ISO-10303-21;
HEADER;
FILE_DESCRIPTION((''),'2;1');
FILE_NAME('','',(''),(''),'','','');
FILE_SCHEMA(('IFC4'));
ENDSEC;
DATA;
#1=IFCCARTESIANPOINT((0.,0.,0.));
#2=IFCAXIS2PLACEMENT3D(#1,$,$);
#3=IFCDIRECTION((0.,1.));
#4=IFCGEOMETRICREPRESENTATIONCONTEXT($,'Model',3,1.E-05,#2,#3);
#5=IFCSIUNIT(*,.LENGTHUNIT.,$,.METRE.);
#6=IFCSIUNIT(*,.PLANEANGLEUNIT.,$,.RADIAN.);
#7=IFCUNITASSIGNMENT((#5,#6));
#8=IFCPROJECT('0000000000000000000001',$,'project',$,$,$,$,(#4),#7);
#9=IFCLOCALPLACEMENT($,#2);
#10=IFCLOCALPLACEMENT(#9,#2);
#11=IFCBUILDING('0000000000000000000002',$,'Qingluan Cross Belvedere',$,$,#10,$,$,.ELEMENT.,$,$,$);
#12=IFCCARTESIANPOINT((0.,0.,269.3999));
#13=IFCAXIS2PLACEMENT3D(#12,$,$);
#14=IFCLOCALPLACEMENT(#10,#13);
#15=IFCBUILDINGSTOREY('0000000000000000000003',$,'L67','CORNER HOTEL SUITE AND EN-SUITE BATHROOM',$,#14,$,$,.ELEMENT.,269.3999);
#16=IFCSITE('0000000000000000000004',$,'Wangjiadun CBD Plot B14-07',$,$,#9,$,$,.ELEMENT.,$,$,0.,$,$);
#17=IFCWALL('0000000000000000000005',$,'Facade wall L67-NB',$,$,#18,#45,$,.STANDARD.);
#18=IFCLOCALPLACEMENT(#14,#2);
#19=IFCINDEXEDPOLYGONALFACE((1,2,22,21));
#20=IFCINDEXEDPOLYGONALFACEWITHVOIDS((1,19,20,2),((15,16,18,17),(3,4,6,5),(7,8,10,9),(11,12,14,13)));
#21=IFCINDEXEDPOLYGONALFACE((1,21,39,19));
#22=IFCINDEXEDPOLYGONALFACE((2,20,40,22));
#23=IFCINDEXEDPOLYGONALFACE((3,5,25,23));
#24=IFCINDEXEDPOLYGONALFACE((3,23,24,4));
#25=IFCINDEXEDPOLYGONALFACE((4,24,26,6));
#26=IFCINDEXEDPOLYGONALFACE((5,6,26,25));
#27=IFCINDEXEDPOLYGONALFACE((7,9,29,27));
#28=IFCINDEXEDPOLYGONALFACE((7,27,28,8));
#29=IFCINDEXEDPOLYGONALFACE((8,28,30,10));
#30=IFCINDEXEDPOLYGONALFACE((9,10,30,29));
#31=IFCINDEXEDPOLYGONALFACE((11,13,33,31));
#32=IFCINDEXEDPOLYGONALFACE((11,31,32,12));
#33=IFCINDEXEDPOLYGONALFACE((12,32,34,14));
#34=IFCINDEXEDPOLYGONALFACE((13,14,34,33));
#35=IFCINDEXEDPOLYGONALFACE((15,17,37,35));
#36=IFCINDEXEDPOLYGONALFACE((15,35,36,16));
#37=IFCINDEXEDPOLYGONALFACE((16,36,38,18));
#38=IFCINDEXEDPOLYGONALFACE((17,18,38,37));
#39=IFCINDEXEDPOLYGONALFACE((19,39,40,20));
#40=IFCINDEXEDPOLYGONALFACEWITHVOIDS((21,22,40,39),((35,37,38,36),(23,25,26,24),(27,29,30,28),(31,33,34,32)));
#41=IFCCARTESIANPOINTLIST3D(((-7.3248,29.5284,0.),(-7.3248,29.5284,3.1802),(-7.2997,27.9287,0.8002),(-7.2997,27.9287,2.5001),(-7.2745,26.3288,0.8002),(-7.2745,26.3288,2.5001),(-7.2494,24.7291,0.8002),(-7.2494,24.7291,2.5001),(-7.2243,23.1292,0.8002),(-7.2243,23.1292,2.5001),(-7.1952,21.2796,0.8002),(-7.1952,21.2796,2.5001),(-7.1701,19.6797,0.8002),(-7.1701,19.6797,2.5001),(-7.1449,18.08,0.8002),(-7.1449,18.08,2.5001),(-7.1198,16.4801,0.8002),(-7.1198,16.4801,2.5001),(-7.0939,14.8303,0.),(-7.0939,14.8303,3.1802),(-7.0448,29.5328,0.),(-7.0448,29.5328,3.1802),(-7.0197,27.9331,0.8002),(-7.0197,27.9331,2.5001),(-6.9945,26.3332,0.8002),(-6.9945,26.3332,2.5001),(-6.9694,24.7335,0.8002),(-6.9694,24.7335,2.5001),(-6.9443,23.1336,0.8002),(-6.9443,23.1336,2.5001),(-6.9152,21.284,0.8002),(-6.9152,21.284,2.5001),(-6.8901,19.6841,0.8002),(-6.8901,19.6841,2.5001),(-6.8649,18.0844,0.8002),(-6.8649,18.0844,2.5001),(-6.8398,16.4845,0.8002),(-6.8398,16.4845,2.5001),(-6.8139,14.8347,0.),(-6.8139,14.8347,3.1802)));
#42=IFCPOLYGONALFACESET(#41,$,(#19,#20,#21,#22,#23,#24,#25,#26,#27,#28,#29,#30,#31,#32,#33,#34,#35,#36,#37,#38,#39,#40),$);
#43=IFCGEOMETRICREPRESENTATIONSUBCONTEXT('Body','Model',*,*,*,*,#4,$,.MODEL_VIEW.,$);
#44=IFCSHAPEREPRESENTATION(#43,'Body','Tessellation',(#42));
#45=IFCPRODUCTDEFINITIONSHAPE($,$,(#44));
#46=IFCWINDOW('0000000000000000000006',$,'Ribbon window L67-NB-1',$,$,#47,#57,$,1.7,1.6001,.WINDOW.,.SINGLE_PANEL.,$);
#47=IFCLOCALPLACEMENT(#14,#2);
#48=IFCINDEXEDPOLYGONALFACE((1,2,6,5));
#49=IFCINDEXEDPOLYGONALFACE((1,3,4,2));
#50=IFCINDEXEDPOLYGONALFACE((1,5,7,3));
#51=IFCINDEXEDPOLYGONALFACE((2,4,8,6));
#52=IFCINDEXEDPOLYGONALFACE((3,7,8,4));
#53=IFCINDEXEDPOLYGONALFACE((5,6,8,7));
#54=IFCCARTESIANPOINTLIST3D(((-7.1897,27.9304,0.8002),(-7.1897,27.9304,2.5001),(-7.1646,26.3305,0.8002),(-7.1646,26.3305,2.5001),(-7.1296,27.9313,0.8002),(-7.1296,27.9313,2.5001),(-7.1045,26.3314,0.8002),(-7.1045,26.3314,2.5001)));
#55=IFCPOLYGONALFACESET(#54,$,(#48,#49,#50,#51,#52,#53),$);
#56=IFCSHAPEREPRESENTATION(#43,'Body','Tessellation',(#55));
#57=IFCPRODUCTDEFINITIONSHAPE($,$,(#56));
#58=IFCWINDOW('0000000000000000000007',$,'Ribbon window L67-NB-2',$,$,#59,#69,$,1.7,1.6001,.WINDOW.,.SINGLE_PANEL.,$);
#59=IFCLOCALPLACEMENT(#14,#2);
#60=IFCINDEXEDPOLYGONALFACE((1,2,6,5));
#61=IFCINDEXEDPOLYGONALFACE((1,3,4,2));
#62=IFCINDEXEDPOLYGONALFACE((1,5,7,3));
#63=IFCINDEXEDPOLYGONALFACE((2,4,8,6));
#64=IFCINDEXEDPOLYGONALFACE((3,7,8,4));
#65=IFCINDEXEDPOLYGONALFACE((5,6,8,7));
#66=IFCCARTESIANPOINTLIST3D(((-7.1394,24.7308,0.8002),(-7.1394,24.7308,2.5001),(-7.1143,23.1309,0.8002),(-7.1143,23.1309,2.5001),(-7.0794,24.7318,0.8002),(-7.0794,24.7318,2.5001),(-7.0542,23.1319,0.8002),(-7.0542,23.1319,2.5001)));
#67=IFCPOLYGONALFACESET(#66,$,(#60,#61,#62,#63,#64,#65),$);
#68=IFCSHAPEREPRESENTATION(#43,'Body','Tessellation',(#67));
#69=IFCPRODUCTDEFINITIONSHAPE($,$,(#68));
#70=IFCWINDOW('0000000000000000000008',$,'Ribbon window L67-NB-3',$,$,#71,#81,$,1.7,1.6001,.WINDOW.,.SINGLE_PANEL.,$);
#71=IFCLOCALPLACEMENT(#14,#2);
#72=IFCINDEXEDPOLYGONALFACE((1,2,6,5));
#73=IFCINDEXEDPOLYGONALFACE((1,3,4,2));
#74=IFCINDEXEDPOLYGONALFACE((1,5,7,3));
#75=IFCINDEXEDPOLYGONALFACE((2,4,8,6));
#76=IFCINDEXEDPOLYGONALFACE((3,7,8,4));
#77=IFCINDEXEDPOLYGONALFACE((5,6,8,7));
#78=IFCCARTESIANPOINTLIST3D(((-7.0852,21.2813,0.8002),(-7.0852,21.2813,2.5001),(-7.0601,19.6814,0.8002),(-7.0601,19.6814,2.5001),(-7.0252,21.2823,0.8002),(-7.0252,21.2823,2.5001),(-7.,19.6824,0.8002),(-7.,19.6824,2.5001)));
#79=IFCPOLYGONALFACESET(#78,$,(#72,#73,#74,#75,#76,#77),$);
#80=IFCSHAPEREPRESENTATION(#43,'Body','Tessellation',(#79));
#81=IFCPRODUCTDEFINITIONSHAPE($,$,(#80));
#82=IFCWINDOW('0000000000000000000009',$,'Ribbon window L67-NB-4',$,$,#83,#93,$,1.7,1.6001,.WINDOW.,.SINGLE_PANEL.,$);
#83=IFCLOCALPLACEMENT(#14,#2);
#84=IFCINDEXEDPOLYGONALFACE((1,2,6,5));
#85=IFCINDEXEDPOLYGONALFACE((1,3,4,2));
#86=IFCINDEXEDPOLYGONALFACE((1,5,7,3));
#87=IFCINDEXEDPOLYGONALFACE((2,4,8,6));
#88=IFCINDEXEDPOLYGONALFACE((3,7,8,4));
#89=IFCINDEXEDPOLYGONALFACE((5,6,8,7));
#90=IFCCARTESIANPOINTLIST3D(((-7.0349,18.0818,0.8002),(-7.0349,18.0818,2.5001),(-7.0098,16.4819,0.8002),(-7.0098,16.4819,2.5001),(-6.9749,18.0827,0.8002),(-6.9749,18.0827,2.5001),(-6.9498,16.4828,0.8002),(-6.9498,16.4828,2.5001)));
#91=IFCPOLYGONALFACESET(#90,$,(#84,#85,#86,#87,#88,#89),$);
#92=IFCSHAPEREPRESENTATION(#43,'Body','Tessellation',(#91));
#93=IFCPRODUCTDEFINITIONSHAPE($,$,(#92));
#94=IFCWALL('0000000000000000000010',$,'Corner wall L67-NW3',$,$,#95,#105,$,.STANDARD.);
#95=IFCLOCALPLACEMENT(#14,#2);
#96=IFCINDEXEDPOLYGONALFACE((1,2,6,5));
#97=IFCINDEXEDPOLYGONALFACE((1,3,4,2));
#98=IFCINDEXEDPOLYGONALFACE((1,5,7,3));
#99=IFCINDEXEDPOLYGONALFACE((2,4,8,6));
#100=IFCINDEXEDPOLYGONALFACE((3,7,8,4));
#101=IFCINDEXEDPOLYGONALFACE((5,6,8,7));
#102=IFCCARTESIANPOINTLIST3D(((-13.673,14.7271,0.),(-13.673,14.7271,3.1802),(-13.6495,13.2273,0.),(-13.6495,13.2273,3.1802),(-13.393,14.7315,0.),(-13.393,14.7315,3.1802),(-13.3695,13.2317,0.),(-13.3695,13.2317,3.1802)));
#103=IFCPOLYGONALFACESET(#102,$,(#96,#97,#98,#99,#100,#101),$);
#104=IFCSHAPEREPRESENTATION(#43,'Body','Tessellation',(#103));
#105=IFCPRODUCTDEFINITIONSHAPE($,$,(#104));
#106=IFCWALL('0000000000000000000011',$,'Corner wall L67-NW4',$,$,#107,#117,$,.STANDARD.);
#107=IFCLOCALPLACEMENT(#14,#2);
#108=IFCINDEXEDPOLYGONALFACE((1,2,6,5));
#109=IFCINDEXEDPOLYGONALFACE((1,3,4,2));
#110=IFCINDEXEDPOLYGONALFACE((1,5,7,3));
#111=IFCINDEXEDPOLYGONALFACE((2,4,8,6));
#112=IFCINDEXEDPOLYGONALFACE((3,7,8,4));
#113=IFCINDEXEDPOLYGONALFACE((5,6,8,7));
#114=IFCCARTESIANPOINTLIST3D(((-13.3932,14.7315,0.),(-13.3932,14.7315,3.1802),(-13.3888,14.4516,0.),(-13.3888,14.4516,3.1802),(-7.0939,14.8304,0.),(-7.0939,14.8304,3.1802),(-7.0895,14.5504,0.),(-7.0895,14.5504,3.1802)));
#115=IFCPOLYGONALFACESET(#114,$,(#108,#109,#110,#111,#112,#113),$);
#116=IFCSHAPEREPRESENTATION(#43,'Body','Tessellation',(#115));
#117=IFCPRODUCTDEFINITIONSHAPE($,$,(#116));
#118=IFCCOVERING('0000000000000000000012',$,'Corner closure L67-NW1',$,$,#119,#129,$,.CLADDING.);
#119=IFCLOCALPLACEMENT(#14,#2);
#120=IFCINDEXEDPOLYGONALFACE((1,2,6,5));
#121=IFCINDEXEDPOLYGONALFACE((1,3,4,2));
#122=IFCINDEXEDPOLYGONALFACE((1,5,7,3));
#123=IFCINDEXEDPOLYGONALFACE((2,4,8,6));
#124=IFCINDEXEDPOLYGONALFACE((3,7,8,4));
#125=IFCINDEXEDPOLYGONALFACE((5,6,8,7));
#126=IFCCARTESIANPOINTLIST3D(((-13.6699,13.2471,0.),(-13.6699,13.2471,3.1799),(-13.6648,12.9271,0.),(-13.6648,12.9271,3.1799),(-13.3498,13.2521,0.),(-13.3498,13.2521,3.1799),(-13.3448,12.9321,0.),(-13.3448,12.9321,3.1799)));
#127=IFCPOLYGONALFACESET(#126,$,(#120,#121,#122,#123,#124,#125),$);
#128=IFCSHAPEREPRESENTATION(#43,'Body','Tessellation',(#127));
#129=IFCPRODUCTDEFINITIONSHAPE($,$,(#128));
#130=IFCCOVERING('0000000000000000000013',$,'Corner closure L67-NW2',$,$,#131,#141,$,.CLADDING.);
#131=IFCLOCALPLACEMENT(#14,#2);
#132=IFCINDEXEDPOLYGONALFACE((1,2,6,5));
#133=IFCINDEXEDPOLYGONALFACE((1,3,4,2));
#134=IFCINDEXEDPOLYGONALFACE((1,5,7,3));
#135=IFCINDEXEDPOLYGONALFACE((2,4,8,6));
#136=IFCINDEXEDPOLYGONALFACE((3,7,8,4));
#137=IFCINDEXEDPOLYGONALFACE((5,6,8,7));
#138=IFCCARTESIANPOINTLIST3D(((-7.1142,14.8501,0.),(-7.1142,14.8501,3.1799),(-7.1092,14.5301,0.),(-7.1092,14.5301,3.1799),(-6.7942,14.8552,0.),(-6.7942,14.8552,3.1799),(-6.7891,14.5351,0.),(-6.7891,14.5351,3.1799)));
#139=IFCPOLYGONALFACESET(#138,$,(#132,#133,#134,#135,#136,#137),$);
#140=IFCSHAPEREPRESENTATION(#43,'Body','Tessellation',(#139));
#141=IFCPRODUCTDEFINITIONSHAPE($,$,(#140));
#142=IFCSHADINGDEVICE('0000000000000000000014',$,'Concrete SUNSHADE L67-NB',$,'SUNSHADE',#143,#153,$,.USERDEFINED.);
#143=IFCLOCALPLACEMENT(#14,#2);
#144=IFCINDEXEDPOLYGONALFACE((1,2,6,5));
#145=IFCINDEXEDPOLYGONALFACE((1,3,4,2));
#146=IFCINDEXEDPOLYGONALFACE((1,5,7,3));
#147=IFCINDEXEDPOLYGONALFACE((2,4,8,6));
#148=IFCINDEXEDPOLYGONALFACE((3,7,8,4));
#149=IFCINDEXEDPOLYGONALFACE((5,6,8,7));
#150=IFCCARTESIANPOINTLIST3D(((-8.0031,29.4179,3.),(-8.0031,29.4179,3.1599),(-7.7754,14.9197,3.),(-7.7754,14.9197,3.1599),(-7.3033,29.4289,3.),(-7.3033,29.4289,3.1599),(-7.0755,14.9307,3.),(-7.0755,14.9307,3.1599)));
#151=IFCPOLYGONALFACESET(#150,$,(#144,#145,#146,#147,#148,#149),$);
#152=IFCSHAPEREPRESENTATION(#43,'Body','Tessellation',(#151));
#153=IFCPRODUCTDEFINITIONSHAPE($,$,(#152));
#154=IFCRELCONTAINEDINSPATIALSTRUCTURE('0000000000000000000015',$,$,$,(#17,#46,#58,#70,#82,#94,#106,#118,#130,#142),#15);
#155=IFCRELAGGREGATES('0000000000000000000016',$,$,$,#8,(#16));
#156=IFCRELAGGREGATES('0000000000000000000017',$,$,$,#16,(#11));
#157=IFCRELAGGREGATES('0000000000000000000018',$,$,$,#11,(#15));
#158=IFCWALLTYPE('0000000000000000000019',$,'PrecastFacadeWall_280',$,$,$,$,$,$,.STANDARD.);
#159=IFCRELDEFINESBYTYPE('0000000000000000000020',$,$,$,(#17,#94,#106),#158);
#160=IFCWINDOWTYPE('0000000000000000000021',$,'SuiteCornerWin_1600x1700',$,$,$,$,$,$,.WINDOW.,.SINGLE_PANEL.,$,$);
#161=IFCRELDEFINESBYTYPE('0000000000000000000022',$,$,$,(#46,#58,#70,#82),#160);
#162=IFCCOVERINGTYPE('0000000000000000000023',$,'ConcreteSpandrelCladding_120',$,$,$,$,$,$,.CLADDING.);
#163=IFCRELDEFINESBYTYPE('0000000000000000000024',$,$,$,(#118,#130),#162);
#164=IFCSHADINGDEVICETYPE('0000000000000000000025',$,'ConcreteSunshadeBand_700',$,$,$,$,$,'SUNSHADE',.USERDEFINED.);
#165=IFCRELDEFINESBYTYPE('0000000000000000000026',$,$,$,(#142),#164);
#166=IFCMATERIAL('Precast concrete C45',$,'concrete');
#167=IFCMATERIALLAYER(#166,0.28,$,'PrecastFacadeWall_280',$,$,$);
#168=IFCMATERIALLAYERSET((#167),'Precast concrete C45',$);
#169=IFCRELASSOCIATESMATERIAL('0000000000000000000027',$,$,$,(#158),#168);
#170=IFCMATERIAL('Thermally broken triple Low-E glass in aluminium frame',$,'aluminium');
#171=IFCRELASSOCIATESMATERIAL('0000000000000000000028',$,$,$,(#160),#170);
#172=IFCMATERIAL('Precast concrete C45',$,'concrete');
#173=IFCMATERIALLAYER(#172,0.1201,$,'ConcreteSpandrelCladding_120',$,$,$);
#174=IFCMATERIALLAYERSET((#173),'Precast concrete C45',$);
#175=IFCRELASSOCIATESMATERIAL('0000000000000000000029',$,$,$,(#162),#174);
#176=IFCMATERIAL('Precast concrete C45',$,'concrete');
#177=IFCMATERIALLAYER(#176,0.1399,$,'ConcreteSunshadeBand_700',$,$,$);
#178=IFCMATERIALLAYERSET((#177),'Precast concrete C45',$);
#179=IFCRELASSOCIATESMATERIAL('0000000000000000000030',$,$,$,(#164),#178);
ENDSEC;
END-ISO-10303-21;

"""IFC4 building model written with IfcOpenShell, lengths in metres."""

from ifc_helpers import new_model, si_unit, direction, frame, frame_2d, origin, origin_2d, place, context, subcontext, project, spatial, rectangle, extrude, material, layer, layer_set, type_object, element, fill, save


model = new_model("IFC4")

# Units and contexts
model_context = context("Model", 3, precision=1e-05, world=origin(), true_north=direction((0.0, 1.0)))
body_context = subcontext(model_context, "Body", "Model", "MODEL_VIEW")
ifc_project = project(units=[si_unit("LENGTHUNIT", "METRE"), si_unit("PLANEANGLEUNIT", "RADIAN")], contexts=[model_context])

# Site, building, storey
site_placement = place(None, origin())
site = spatial("IfcSite", under=ifc_project, at=site_placement, Name="Wangjiadun CBD Plot B14-07", CompositionType="ELEMENT", RefElevation=0.0)
building_placement = place(site_placement, origin())
building = spatial("IfcBuilding", under=site, at=building_placement, Name="Qingluan Cross Belvedere", CompositionType="ELEMENT")
storey_placement = place(building_placement, frame((0.0, 0.0, 269.3999)))
storey = spatial("IfcBuildingStorey", under=building, at=storey_placement, Name="L67", Description="CORNER HOTEL SUITE AND EN-SUITE BATHROOM", CompositionType="ELEMENT", Elevation=269.3999)

# Wall, openings, windows
ifc_material_1 = material(Name="Precast concrete C45", Category="concrete")
ifc_layer_1 = layer(ifc_material_1, 0.28, Name="PrecastFacadeWall_280")
ifc_layer_set_1 = layer_set([ifc_layer_1], Name="Precast concrete C45")
wall_type_1 = type_object("IfcWallType", Name="PrecastFacadeWall_280", PredefinedType="STANDARD", material=ifc_layer_set_1)
wall_1_placement = place(storey_placement, frame((-7.1848, 29.5308, 0.0), z_axis=(0.0, 0.0, 1.0), x_axis=(0.015711, -0.999877, 0.0)))
wall_1 = element("IfcWall", 1, at=wall_1_placement, inside=storey, type_object=wall_type_1, Name="Facade wall L67-NB", PredefinedType="STANDARD", context=body_context, shape_type="SweptSolid", body=[
    extrude(rectangle(XDim=14.7, YDim=0.28, at=frame_2d((7.3501, 0.0))), origin(), (0.0, 0.0, 1.0), 3.1802),
])
opening_1_placement = place(wall_1_placement, frame((1.6001, 0.0, 0.8)))
opening_1 = element("IfcOpeningElement", 2, at=opening_1_placement, cuts=wall_1, PredefinedType="OPENING", context=body_context, shape_type="SweptSolid", body=[
    extrude(rectangle(XDim=1.6001, YDim=1.7, at=frame_2d((0.8, 0.8501))), frame((0.0, 0.1499, 0.0), z_axis=(0.0, -1.0, 0.0), x_axis=(1.0, 0.0, 0.0)), (0.0, 0.0, 1.0), 0.3),
])
opening_2_placement = place(wall_1_placement, frame((4.8, 0.0, 0.8)))
opening_2 = element("IfcOpeningElement", 3, at=opening_2_placement, cuts=wall_1, PredefinedType="OPENING", context=body_context, shape_type="SweptSolid", body=[
    extrude(rectangle(XDim=1.6001, YDim=1.7, at=frame_2d((0.8, 0.8501))), frame((0.0, 0.1499, 0.0), z_axis=(0.0, -1.0, 0.0), x_axis=(1.0, 0.0, 0.0)), (0.0, 0.0, 1.0), 0.3),
])
opening_3_placement = place(wall_1_placement, frame((8.25, 0.0, 0.8)))
opening_3 = element("IfcOpeningElement", 4, at=opening_3_placement, cuts=wall_1, PredefinedType="OPENING", context=body_context, shape_type="SweptSolid", body=[
    extrude(rectangle(XDim=1.6001, YDim=1.7, at=frame_2d((0.8, 0.8501))), frame((0.0, 0.1499, 0.0), z_axis=(0.0, -1.0, 0.0), x_axis=(1.0, 0.0, 0.0)), (0.0, 0.0, 1.0), 0.3),
])
opening_4_placement = place(wall_1_placement, frame((11.45, 0.0, 0.8)))
opening_4 = element("IfcOpeningElement", 5, at=opening_4_placement, cuts=wall_1, PredefinedType="OPENING", context=body_context, shape_type="SweptSolid", body=[
    extrude(rectangle(XDim=1.6001, YDim=1.7, at=frame_2d((0.8, 0.8501))), frame((0.0, 0.1499, 0.0), z_axis=(0.0, -1.0, 0.0), x_axis=(1.0, 0.0, 0.0)), (0.0, 0.0, 1.0), 0.3),
])
ifc_material_2 = material(Name="Thermally broken triple Low-E glass in aluminium frame", Category="aluminium")
window_type = type_object("IfcWindowType", Name="SuiteCornerWin_1600x1700", PartitioningType="SINGLE_PANEL", PredefinedType="WINDOW", material=ifc_material_2)
window_1_placement = place(opening_1_placement, origin())
window_1 = element("IfcWindow", 6, at=window_1_placement, inside=storey, type_object=window_type, Name="Ribbon window L67-NB-1", OverallHeight=1.7, OverallWidth=1.6001, PartitioningType="SINGLE_PANEL", PredefinedType="WINDOW", context=body_context, shape_type="SweptSolid", body=[
    extrude(rectangle(XDim=1.6001, YDim=1.7, at=frame_2d((0.8, 0.8501))), frame((0.0, 0.03, 0.0), z_axis=(0.0, -1.0, 0.0), x_axis=(1.0, 0.0, 0.0)), (0.0, 0.0, 1.0), 0.0601),
])
fill(opening_1, window_1)
window_2_placement = place(opening_2_placement, origin())
window_2 = element("IfcWindow", 7, at=window_2_placement, inside=storey, type_object=window_type, Name="Ribbon window L67-NB-2", OverallHeight=1.7, OverallWidth=1.6001, PartitioningType="SINGLE_PANEL", PredefinedType="WINDOW", context=body_context, shape_type="SweptSolid", body=[
    extrude(rectangle(XDim=1.6001, YDim=1.7, at=frame_2d((0.8, 0.8501))), frame((0.0, 0.03, 0.0), z_axis=(0.0, -1.0, 0.0), x_axis=(1.0, 0.0, 0.0)), (0.0, 0.0, 1.0), 0.0601),
])
fill(opening_2, window_2)
window_3_placement = place(opening_3_placement, origin())
window_3 = element("IfcWindow", 8, at=window_3_placement, inside=storey, type_object=window_type, Name="Ribbon window L67-NB-3", OverallHeight=1.7, OverallWidth=1.6001, PartitioningType="SINGLE_PANEL", PredefinedType="WINDOW", context=body_context, shape_type="SweptSolid", body=[
    extrude(rectangle(XDim=1.6001, YDim=1.7, at=frame_2d((0.8, 0.8501))), frame((0.0, 0.03, 0.0), z_axis=(0.0, -1.0, 0.0), x_axis=(1.0, 0.0, 0.0)), (0.0, 0.0, 1.0), 0.0601),
])
fill(opening_3, window_3)
window_4_placement = place(opening_4_placement, origin())
window_4 = element("IfcWindow", 9, at=window_4_placement, inside=storey, type_object=window_type, Name="Ribbon window L67-NB-4", OverallHeight=1.7, OverallWidth=1.6001, PartitioningType="SINGLE_PANEL", PredefinedType="WINDOW", context=body_context, shape_type="SweptSolid", body=[
    extrude(rectangle(XDim=1.6001, YDim=1.7, at=frame_2d((0.8, 0.8501))), frame((0.0, 0.03, 0.0), z_axis=(0.0, -1.0, 0.0), x_axis=(1.0, 0.0, 0.0)), (0.0, 0.0, 1.0), 0.0601),
])
fill(opening_4, window_4)

# Walls
wall_2_placement = place(storey_placement, frame((-13.5095, 13.2295, 0.0), z_axis=(0.0, 0.0, 1.0), x_axis=(-0.015626, 0.999878, 0.0)))
element("IfcWall", 10, at=wall_2_placement, inside=storey, type_object=wall_type_1, Name="Corner wall L67-NW3", PredefinedType="STANDARD", context=body_context, shape_type="SweptSolid", body=[
    extrude(rectangle(XDim=1.5, YDim=0.28, at=frame_2d((0.75, 0.0))), origin(), (0.0, 0.0, 1.0), 3.1802),
])
wall_3_placement = place(storey_placement, frame((-13.3909, 14.5916, 0.0), z_axis=(0.0, 0.0, 1.0), x_axis=(0.999877, 0.015695, 0.0)))
element("IfcWall", 11, at=wall_3_placement, inside=storey, type_object=wall_type_1, Name="Corner wall L67-NW4", PredefinedType="STANDARD", context=body_context, shape_type="SweptSolid", body=[
    extrude(rectangle(XDim=6.3, YDim=0.28, at=frame_2d((3.1499, 0.0))), origin(), (0.0, 0.0, 1.0), 3.1802),
])

# Coverings
ifc_material_3 = material(Name="Precast concrete C45", Category="concrete")
ifc_layer_2 = layer(ifc_material_3, 0.1201, Name="ConcreteSpandrelCladding_120")
ifc_layer_set_2 = layer_set([ifc_layer_2], Name="Precast concrete C45")
covering_type = type_object("IfcCoveringType", Name="ConcreteSpandrelCladding_120", PredefinedType="CLADDING", material=ifc_layer_set_2)
for number, where, z_axis, x_axis, name in (
    (12, (-13.5073, 13.0896, 0.0), (0.0, 0.0, 1.0), (0.999877, 0.015707, 0.0), "Corner closure L67-NW1"),
    (13, (-6.9517, 14.6926, 0.0), (0.0, 0.0, 1.0), (0.999877, 0.015707, 0.0), "Corner closure L67-NW2"),
):
    element("IfcCovering", number, at=place(storey_placement, frame(where, z_axis=z_axis, x_axis=x_axis)), inside=storey, type_object=covering_type, Name=name, PredefinedType="CLADDING", context=body_context, shape_type="SweptSolid", body=[
        extrude(rectangle(XDim=0.3201, YDim=0.3201, at=origin_2d()), origin(), (0.0, 0.0, 1.0), 3.1799),
    ])

# Shading device
ifc_material_4 = material(Name="Precast concrete C45", Category="concrete")
ifc_layer_3 = layer(ifc_material_4, 0.1399, Name="ConcreteSunshadeBand_700")
ifc_layer_set_3 = layer_set([ifc_layer_3], Name="Precast concrete C45")
shading_device_type = type_object("IfcShadingDeviceType", Name="ConcreteSunshadeBand_700", ElementType="SUNSHADE", PredefinedType="USERDEFINED", material=ifc_layer_set_3)
shading_device_placement = place(storey_placement, frame((-7.5393, 22.1743, 3.0), z_axis=(0.0, 0.0, 1.0), x_axis=(0.015707, -0.999877, 0.0)))
element("IfcShadingDevice", 14, at=shading_device_placement, inside=storey, type_object=shading_device_type, Name="Concrete SUNSHADE L67-NB", ObjectType="SUNSHADE", PredefinedType="USERDEFINED", context=body_context, shape_type="SweptSolid", body=[
    extrude(rectangle(XDim=14.5, YDim=0.7, at=origin_2d()), origin(), (0.0, 0.0, 1.0), 0.1599),
])

save(model, "model.ifc")
